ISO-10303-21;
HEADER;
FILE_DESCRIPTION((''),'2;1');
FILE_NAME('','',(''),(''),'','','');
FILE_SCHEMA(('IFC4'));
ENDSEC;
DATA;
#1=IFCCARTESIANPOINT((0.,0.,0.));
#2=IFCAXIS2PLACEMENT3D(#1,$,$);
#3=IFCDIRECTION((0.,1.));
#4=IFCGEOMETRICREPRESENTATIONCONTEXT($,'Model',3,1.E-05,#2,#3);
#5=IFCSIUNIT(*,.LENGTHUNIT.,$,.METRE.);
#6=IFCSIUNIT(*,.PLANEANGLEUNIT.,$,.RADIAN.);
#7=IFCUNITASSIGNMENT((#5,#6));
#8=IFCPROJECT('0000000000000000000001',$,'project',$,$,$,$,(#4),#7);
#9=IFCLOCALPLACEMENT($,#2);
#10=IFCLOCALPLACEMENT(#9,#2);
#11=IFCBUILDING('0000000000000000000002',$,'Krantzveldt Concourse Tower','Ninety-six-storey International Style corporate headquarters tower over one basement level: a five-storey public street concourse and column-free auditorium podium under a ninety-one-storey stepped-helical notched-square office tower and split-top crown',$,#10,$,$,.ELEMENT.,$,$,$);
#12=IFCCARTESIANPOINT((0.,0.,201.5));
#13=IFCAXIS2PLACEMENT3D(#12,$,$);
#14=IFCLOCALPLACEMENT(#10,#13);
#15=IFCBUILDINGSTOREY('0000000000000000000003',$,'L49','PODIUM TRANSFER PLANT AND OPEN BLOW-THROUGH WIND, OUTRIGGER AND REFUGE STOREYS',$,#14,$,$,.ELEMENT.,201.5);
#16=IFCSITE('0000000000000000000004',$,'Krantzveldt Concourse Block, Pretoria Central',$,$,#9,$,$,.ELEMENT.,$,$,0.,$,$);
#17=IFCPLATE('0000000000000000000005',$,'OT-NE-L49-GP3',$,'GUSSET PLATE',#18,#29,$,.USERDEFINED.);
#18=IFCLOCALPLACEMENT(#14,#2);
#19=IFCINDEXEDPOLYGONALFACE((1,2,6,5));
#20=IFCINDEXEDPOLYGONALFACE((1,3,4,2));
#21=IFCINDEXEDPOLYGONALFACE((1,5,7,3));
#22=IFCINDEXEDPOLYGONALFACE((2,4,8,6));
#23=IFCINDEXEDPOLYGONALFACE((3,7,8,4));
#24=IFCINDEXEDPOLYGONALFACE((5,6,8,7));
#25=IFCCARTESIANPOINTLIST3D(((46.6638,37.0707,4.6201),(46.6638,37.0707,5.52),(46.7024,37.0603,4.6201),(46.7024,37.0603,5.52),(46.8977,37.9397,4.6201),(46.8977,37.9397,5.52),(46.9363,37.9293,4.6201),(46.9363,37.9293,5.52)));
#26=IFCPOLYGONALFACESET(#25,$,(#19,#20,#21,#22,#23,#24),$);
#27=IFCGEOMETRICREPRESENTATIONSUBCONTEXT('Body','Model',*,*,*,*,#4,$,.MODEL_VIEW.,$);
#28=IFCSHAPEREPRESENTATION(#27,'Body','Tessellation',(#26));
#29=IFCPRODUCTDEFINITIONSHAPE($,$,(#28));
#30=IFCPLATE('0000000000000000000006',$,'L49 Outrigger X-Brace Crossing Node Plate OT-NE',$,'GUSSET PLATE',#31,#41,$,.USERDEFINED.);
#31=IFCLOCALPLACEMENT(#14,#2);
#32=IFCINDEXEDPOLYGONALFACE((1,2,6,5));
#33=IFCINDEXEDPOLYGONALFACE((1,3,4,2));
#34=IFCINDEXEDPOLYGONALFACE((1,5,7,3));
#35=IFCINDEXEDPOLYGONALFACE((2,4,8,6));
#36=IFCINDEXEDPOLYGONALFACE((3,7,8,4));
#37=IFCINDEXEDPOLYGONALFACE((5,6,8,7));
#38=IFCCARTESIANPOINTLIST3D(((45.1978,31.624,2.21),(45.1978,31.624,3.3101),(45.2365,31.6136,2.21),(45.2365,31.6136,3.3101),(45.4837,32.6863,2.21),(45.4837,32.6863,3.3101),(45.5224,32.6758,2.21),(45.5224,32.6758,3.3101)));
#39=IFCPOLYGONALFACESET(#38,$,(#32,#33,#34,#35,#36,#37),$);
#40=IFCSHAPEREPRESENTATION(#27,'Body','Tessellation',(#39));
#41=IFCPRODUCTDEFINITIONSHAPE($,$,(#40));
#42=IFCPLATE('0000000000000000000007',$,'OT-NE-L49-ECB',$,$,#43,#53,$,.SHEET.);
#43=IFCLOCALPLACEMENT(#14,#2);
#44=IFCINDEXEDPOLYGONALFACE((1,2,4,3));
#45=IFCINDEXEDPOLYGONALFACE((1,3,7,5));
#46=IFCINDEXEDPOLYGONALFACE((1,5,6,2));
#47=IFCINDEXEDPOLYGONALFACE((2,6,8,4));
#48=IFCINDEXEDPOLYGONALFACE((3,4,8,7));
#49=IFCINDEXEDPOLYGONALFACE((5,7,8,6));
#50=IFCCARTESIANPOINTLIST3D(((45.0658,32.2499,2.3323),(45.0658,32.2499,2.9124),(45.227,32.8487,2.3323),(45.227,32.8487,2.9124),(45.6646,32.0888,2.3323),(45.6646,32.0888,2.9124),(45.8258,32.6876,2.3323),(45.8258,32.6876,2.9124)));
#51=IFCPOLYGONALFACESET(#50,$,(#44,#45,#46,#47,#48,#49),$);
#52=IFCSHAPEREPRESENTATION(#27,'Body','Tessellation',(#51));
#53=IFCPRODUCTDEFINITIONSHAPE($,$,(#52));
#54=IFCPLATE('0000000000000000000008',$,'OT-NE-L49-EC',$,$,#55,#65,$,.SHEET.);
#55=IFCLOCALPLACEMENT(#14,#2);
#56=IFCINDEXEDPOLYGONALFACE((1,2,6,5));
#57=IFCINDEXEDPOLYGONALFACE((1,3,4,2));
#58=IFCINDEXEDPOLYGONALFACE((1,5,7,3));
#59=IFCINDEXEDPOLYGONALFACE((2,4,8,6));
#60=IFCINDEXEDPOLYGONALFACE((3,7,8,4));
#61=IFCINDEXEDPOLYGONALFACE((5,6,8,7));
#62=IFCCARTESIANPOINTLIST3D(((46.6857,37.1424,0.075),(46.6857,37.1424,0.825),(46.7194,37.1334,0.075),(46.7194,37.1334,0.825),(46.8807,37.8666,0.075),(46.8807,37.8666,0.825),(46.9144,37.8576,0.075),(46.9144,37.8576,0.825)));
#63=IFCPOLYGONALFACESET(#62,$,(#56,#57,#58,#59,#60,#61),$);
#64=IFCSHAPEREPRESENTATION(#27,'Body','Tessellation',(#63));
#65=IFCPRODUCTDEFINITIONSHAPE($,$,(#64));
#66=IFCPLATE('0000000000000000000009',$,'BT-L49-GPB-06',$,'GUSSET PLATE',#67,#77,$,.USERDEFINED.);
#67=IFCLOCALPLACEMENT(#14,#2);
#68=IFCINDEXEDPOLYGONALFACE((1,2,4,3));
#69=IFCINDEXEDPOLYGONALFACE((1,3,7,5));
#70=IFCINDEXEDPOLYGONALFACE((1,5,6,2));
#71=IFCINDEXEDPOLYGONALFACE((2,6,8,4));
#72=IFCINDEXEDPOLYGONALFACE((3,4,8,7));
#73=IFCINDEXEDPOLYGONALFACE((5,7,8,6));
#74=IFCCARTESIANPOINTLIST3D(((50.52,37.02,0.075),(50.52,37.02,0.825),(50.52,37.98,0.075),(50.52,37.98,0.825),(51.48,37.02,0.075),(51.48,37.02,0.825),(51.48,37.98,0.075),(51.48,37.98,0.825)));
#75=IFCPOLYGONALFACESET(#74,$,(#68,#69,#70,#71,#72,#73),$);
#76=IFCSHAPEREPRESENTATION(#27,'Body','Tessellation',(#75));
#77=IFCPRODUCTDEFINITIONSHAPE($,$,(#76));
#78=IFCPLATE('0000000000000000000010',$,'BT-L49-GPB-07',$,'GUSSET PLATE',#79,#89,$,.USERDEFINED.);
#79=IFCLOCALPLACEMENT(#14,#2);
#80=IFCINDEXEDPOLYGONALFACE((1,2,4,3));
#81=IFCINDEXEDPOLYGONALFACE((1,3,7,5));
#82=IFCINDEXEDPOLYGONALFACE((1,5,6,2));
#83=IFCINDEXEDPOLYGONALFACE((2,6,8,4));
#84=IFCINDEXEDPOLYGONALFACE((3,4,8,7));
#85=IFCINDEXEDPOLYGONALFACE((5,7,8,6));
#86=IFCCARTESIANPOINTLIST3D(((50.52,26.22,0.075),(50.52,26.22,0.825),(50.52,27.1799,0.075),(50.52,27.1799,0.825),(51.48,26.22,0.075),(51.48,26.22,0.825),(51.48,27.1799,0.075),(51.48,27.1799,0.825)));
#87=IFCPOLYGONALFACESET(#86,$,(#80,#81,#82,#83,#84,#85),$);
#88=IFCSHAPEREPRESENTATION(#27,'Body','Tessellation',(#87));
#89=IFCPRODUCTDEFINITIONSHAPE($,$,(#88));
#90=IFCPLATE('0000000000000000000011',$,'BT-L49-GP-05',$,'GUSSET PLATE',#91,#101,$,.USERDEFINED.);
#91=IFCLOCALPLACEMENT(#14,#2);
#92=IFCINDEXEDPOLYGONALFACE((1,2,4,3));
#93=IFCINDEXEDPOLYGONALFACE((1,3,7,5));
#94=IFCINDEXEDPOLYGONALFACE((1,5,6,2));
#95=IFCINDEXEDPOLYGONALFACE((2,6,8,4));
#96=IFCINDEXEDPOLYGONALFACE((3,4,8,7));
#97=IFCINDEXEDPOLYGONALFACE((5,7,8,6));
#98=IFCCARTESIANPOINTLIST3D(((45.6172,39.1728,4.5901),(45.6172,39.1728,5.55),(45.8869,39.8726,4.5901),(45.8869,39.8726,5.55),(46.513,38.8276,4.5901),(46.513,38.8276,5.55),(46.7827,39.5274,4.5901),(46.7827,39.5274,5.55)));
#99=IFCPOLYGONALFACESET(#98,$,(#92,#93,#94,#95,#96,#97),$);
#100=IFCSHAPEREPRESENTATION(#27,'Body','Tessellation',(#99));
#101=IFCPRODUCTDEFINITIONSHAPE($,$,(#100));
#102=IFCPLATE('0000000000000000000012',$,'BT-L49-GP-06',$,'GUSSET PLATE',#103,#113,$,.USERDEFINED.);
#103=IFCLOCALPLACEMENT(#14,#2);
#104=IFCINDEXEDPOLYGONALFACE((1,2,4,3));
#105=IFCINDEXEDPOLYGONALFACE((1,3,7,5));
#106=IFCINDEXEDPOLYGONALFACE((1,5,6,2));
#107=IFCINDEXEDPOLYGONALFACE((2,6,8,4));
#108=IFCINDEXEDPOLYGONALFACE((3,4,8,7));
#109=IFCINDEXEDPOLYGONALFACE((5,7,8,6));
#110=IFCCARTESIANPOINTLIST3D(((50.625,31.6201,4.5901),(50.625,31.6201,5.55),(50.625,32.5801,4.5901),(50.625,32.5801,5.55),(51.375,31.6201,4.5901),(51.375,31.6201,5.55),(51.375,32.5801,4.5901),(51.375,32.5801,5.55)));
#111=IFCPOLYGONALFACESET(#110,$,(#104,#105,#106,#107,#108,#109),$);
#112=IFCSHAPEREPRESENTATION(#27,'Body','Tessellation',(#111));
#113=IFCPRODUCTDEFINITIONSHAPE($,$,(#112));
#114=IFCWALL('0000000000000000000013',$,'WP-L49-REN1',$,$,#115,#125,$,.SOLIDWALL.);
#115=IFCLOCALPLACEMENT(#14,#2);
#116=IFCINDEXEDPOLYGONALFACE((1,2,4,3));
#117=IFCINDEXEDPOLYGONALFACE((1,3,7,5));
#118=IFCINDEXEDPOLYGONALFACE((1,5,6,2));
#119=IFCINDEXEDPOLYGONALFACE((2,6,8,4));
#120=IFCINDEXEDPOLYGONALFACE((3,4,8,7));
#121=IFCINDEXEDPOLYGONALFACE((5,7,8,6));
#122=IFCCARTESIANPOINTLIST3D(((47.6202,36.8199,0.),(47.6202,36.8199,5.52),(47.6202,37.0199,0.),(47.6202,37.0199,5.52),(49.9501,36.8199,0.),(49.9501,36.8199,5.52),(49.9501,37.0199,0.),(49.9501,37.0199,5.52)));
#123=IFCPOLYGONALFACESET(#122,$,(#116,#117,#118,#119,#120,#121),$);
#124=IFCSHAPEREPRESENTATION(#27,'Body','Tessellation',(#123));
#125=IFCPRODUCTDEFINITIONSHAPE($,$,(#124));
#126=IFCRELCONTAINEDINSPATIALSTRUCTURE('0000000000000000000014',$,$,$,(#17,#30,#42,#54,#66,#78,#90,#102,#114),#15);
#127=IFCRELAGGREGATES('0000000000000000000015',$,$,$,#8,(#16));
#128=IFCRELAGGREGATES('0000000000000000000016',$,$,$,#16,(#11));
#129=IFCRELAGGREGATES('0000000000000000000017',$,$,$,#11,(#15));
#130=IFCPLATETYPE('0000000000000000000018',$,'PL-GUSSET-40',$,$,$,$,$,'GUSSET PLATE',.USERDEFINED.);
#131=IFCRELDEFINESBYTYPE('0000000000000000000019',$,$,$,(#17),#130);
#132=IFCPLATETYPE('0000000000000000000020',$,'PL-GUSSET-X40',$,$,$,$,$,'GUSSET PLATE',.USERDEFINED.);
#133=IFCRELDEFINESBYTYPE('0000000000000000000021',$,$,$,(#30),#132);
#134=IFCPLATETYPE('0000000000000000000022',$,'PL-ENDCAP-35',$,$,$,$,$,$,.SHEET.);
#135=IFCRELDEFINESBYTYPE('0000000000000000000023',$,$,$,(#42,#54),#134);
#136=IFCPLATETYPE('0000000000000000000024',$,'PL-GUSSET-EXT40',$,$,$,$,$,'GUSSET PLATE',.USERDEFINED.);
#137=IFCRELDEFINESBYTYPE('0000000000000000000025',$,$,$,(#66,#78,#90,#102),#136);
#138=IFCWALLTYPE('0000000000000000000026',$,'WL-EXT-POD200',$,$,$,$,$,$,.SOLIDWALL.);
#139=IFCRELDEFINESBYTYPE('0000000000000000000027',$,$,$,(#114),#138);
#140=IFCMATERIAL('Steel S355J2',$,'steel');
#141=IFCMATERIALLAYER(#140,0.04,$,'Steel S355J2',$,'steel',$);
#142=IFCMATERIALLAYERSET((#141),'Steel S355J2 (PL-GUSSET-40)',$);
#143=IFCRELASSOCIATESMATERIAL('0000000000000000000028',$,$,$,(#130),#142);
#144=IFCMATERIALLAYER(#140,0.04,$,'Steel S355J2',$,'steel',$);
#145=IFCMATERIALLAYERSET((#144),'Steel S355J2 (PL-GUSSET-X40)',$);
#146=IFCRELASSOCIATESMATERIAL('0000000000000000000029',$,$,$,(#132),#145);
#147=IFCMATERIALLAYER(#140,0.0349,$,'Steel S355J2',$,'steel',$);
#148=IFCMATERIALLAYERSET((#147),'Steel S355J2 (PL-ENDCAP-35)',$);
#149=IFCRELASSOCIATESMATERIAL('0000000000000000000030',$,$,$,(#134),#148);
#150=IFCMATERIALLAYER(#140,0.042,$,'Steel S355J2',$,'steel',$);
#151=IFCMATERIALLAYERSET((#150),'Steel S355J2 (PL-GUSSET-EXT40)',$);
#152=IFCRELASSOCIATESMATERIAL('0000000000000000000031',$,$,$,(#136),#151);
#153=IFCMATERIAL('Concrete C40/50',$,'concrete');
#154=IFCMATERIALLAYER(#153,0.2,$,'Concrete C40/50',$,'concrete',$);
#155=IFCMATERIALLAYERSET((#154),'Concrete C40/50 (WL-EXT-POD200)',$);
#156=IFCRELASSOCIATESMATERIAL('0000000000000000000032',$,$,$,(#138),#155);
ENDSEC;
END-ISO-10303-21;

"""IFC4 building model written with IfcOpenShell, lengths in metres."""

from ifc_helpers import new_model, si_unit, direction, frame, frame_2d, origin, origin_2d, place, context, subcontext, project, spatial, rectangle, extrude, source, transform, mapped, material, layer, layer_set, type_object, type_shapes, element, save


model = new_model("IFC4")

# Units and contexts
model_context = context("Model", 3, precision=1e-05, world=origin(), true_north=direction((0.0, 1.0)))
body_context = subcontext(model_context, "Body", "Model", "MODEL_VIEW")
ifc_project = project(units=[si_unit("LENGTHUNIT", "METRE"), si_unit("PLANEANGLEUNIT", "RADIAN")], contexts=[model_context])

# Site, building, storey
site_placement = place(None, origin())
site = spatial("IfcSite", under=ifc_project, at=site_placement, Name="Krantzveldt Concourse Block, Pretoria Central", CompositionType="ELEMENT", RefElevation=0.0)
building_placement = place(site_placement, origin())
building = spatial("IfcBuilding", under=site, at=building_placement, Name="Krantzveldt Concourse Tower", Description="Ninety-six-storey International Style corporate headquarters tower over one basement level: a five-storey public street concourse and column-free auditorium podium under a ninety-one-storey stepped-helical notched-square office tower and split-top crown", CompositionType="ELEMENT")
storey_placement = place(building_placement, frame((0.0, 0.0, 201.5)))
storey = spatial("IfcBuildingStorey", under=building, at=storey_placement, Name="L49", Description="PODIUM TRANSFER PLANT AND OPEN BLOW-THROUGH WIND, OUTRIGGER AND REFUGE STOREYS", CompositionType="ELEMENT", Elevation=201.5)

# Shared definitions
ifc_material_1 = material(Name="Steel S355J2", Category="steel")

# Plates
ifc_layer_1 = layer(ifc_material_1, 0.04, Name="Steel S355J2", Category="steel")
ifc_layer_set_1 = layer_set([ifc_layer_1], Name="Steel S355J2 (PL-GUSSET-40)")
plate_type_1 = type_object("IfcPlateType", Name="PL-GUSSET-40", ElementType="GUSSET PLATE", PredefinedType="USERDEFINED", material=ifc_layer_set_1)
shared_shape_1 = source(origin(), body_context, "Body", "SweptSolid", [
    extrude(rectangle(XDim=0.8999, YDim=0.04, at=origin_2d()), origin(), (0.0, 0.0, 1.0), 0.8999),
])
type_shapes(plate_type_1, [shared_shape_1])
plate_1_placement = place(storey_placement, frame((46.8, 37.5, 4.6201), z_axis=(0.0, 0.0, 1.0), x_axis=(0.259915, 0.965632, 0.0)))
element("IfcPlate", 1, at=plate_1_placement, inside=storey, type_object=plate_type_1, Name="OT-NE-L49-GP3", ObjectType="GUSSET PLATE", PredefinedType="USERDEFINED", context=body_context, shape_type="MappedRepresentation", body=[
    mapped(shared_shape_1, transform((0.0, 0.0, 0.0), x_axis=(1.0, 0.0, 0.0), y_axis=(0.0, 1.0, 0.0), z_axis=(0.0, 0.0, 1.0), scale=1.0)),
])
ifc_layer_2 = layer(ifc_material_1, 0.04, Name="Steel S355J2", Category="steel")
ifc_layer_set_2 = layer_set([ifc_layer_2], Name="Steel S355J2 (PL-GUSSET-X40)")
plate_type_2 = type_object("IfcPlateType", Name="PL-GUSSET-X40", ElementType="GUSSET PLATE", PredefinedType="USERDEFINED", material=ifc_layer_set_2)
shared_shape_2 = source(origin(), body_context, "Body", "SweptSolid", [
    extrude(rectangle(XDim=1.1001, YDim=0.04, at=origin_2d()), origin(), (0.0, 0.0, 1.0), 1.1001),
])
type_shapes(plate_type_2, [shared_shape_2])
plate_2_placement = place(storey_placement, frame((45.3601, 32.1499, 2.21), z_axis=(0.0, 0.0, 1.0), x_axis=(0.259915, 0.965632, 0.0)))
element("IfcPlate", 2, at=plate_2_placement, inside=storey, type_object=plate_type_2, Name="L49 Outrigger X-Brace Crossing Node Plate OT-NE", ObjectType="GUSSET PLATE", PredefinedType="USERDEFINED", context=body_context, shape_type="MappedRepresentation", body=[
    mapped(shared_shape_2, transform((0.0, 0.0, 0.0), x_axis=(1.0, 0.0, 0.0), y_axis=(0.0, 1.0, 0.0), z_axis=(0.0, 0.0, 1.0), scale=1.0)),
])
ifc_layer_3 = layer(ifc_material_1, 0.0349, Name="Steel S355J2", Category="steel")
ifc_layer_set_3 = layer_set([ifc_layer_3], Name="Steel S355J2 (PL-ENDCAP-35)")
plate_type_3 = type_object("IfcPlateType", Name="PL-ENDCAP-35", PredefinedType="SHEET", material=ifc_layer_set_3)
shared_shape_3 = source(origin(), body_context, "Body", "SweptSolid", [
    extrude(rectangle(XDim=0.6201, YDim=0.6201, at=origin_2d()), origin(), (0.0, 0.0, 1.0), 0.5801),
])
plate_3_placement = place(storey_placement, frame((45.4458, 32.4688, 2.3323), z_axis=(0.0, 0.0, 1.0), x_axis=(0.259915, 0.965632, 0.0)))
element("IfcPlate", 3, at=plate_3_placement, inside=storey, type_object=plate_type_3, Name="OT-NE-L49-ECB", PredefinedType="SHEET", context=body_context, shape_type="MappedRepresentation", body=[
    mapped(shared_shape_3, transform((0.0, 0.0, 0.0), x_axis=(1.0, 0.0, 0.0), y_axis=(0.0, 1.0, 0.0), z_axis=(0.0, 0.0, 1.0), scale=1.0)),
])
shared_shape_4 = source(origin(), body_context, "Body", "SweptSolid", [
    extrude(rectangle(XDim=0.75, YDim=0.0349, at=origin_2d()), origin(), (0.0, 0.0, 1.0), 0.75),
])
type_shapes(plate_type_3, [shared_shape_3, shared_shape_4])
plate_4_placement = place(storey_placement, frame((46.8, 37.5, 0.075), z_axis=(0.0, 0.0, 1.0), x_axis=(0.259915, 0.965632, 0.0)))
element("IfcPlate", 4, at=plate_4_placement, inside=storey, type_object=plate_type_3, Name="OT-NE-L49-EC", PredefinedType="SHEET", context=body_context, shape_type="MappedRepresentation", body=[
    mapped(shared_shape_4, transform((0.0, 0.0, 0.0), x_axis=(1.0, 0.0, 0.0), y_axis=(0.0, 1.0, 0.0), z_axis=(0.0, 0.0, 1.0), scale=1.0)),
])
ifc_layer_4 = layer(ifc_material_1, 0.042, Name="Steel S355J2", Category="steel")
ifc_layer_set_4 = layer_set([ifc_layer_4], Name="Steel S355J2 (PL-GUSSET-EXT40)")
plate_type_4 = type_object("IfcPlateType", Name="PL-GUSSET-EXT40", ElementType="GUSSET PLATE", PredefinedType="USERDEFINED", material=ifc_layer_set_4)
shared_shape_5 = source(origin(), body_context, "Body", "SweptSolid", [
    extrude(rectangle(XDim=0.96, YDim=0.96, at=origin_2d()), origin(), (0.0, 0.0, 1.0), 0.75),
])
for number, where, z_axis, x_axis, name in (
    (5, (51.0, 37.5, 0.075), (0.0, 0.0, 1.0), (1.0, 0.0, 0.0), "BT-L49-GPB-06"),
    (6, (51.0, 26.7, 0.075), (0.0, 0.0, 1.0), (1.0, 0.0, 0.0), "BT-L49-GPB-07"),
):
    element("IfcPlate", number, at=place(storey_placement, frame(where, z_axis=z_axis, x_axis=x_axis)), inside=storey, type_object=plate_type_4, Name=name, ObjectType="GUSSET PLATE", PredefinedType="USERDEFINED", context=body_context, shape_type="MappedRepresentation", body=[
        mapped(shared_shape_5, transform((0.0, 0.0, 0.0), x_axis=(1.0, 0.0, 0.0), y_axis=(0.0, 1.0, 0.0), z_axis=(0.0, 0.0, 1.0), scale=1.0)),
    ])
shared_shape_6 = source(origin(), body_context, "Body", "SweptSolid", [
    extrude(rectangle(XDim=0.96, YDim=0.75, at=origin_2d()), origin(), (0.0, 0.0, 1.0), 0.96),
])
type_shapes(plate_type_4, [shared_shape_5, shared_shape_6])
for number, where, z_axis, x_axis, name in (
    (7, (46.2, 39.3501, 4.5901), (0.0, 0.0, 1.0), (-0.933098, 0.359622, 0.0), "BT-L49-GP-05"),
    (8, (51.0, 32.1001, 4.5901), (0.0, 0.0, 1.0), (0.0, 1.0, 0.0), "BT-L49-GP-06"),
):
    element("IfcPlate", number, at=place(storey_placement, frame(where, z_axis=z_axis, x_axis=x_axis)), inside=storey, type_object=plate_type_4, Name=name, ObjectType="GUSSET PLATE", PredefinedType="USERDEFINED", context=body_context, shape_type="MappedRepresentation", body=[
        mapped(shared_shape_6, transform((0.0, 0.0, 0.0), x_axis=(1.0, 0.0, 0.0), y_axis=(0.0, 1.0, 0.0), z_axis=(0.0, 0.0, 1.0), scale=1.0)),
    ])

# Wall
ifc_material_2 = material(Name="Concrete C40/50", Category="concrete")
ifc_layer_5 = layer(ifc_material_2, 0.2, Name="Concrete C40/50", Category="concrete")
ifc_layer_set_5 = layer_set([ifc_layer_5], Name="Concrete C40/50 (WL-EXT-POD200)")
wall_type = type_object("IfcWallType", Name="WL-EXT-POD200", PredefinedType="SOLIDWALL", material=ifc_layer_set_5)
wall_placement = place(storey_placement, frame((47.6201, 36.9199, 0.0), z_axis=(0.0, 0.0, 1.0), x_axis=(1.0, 0.0, 0.0)))
element("IfcWall", 9, at=wall_placement, inside=storey, type_object=wall_type, Name="WP-L49-REN1", PredefinedType="SOLIDWALL", context=body_context, shape_type="SweptSolid", body=[
    extrude(rectangle(XDim=2.3298, YDim=0.2, at=frame_2d((1.165, 0.0))), origin(), (0.0, 0.0, 1.0), 5.52),
])

save(model, "model.ifc")
